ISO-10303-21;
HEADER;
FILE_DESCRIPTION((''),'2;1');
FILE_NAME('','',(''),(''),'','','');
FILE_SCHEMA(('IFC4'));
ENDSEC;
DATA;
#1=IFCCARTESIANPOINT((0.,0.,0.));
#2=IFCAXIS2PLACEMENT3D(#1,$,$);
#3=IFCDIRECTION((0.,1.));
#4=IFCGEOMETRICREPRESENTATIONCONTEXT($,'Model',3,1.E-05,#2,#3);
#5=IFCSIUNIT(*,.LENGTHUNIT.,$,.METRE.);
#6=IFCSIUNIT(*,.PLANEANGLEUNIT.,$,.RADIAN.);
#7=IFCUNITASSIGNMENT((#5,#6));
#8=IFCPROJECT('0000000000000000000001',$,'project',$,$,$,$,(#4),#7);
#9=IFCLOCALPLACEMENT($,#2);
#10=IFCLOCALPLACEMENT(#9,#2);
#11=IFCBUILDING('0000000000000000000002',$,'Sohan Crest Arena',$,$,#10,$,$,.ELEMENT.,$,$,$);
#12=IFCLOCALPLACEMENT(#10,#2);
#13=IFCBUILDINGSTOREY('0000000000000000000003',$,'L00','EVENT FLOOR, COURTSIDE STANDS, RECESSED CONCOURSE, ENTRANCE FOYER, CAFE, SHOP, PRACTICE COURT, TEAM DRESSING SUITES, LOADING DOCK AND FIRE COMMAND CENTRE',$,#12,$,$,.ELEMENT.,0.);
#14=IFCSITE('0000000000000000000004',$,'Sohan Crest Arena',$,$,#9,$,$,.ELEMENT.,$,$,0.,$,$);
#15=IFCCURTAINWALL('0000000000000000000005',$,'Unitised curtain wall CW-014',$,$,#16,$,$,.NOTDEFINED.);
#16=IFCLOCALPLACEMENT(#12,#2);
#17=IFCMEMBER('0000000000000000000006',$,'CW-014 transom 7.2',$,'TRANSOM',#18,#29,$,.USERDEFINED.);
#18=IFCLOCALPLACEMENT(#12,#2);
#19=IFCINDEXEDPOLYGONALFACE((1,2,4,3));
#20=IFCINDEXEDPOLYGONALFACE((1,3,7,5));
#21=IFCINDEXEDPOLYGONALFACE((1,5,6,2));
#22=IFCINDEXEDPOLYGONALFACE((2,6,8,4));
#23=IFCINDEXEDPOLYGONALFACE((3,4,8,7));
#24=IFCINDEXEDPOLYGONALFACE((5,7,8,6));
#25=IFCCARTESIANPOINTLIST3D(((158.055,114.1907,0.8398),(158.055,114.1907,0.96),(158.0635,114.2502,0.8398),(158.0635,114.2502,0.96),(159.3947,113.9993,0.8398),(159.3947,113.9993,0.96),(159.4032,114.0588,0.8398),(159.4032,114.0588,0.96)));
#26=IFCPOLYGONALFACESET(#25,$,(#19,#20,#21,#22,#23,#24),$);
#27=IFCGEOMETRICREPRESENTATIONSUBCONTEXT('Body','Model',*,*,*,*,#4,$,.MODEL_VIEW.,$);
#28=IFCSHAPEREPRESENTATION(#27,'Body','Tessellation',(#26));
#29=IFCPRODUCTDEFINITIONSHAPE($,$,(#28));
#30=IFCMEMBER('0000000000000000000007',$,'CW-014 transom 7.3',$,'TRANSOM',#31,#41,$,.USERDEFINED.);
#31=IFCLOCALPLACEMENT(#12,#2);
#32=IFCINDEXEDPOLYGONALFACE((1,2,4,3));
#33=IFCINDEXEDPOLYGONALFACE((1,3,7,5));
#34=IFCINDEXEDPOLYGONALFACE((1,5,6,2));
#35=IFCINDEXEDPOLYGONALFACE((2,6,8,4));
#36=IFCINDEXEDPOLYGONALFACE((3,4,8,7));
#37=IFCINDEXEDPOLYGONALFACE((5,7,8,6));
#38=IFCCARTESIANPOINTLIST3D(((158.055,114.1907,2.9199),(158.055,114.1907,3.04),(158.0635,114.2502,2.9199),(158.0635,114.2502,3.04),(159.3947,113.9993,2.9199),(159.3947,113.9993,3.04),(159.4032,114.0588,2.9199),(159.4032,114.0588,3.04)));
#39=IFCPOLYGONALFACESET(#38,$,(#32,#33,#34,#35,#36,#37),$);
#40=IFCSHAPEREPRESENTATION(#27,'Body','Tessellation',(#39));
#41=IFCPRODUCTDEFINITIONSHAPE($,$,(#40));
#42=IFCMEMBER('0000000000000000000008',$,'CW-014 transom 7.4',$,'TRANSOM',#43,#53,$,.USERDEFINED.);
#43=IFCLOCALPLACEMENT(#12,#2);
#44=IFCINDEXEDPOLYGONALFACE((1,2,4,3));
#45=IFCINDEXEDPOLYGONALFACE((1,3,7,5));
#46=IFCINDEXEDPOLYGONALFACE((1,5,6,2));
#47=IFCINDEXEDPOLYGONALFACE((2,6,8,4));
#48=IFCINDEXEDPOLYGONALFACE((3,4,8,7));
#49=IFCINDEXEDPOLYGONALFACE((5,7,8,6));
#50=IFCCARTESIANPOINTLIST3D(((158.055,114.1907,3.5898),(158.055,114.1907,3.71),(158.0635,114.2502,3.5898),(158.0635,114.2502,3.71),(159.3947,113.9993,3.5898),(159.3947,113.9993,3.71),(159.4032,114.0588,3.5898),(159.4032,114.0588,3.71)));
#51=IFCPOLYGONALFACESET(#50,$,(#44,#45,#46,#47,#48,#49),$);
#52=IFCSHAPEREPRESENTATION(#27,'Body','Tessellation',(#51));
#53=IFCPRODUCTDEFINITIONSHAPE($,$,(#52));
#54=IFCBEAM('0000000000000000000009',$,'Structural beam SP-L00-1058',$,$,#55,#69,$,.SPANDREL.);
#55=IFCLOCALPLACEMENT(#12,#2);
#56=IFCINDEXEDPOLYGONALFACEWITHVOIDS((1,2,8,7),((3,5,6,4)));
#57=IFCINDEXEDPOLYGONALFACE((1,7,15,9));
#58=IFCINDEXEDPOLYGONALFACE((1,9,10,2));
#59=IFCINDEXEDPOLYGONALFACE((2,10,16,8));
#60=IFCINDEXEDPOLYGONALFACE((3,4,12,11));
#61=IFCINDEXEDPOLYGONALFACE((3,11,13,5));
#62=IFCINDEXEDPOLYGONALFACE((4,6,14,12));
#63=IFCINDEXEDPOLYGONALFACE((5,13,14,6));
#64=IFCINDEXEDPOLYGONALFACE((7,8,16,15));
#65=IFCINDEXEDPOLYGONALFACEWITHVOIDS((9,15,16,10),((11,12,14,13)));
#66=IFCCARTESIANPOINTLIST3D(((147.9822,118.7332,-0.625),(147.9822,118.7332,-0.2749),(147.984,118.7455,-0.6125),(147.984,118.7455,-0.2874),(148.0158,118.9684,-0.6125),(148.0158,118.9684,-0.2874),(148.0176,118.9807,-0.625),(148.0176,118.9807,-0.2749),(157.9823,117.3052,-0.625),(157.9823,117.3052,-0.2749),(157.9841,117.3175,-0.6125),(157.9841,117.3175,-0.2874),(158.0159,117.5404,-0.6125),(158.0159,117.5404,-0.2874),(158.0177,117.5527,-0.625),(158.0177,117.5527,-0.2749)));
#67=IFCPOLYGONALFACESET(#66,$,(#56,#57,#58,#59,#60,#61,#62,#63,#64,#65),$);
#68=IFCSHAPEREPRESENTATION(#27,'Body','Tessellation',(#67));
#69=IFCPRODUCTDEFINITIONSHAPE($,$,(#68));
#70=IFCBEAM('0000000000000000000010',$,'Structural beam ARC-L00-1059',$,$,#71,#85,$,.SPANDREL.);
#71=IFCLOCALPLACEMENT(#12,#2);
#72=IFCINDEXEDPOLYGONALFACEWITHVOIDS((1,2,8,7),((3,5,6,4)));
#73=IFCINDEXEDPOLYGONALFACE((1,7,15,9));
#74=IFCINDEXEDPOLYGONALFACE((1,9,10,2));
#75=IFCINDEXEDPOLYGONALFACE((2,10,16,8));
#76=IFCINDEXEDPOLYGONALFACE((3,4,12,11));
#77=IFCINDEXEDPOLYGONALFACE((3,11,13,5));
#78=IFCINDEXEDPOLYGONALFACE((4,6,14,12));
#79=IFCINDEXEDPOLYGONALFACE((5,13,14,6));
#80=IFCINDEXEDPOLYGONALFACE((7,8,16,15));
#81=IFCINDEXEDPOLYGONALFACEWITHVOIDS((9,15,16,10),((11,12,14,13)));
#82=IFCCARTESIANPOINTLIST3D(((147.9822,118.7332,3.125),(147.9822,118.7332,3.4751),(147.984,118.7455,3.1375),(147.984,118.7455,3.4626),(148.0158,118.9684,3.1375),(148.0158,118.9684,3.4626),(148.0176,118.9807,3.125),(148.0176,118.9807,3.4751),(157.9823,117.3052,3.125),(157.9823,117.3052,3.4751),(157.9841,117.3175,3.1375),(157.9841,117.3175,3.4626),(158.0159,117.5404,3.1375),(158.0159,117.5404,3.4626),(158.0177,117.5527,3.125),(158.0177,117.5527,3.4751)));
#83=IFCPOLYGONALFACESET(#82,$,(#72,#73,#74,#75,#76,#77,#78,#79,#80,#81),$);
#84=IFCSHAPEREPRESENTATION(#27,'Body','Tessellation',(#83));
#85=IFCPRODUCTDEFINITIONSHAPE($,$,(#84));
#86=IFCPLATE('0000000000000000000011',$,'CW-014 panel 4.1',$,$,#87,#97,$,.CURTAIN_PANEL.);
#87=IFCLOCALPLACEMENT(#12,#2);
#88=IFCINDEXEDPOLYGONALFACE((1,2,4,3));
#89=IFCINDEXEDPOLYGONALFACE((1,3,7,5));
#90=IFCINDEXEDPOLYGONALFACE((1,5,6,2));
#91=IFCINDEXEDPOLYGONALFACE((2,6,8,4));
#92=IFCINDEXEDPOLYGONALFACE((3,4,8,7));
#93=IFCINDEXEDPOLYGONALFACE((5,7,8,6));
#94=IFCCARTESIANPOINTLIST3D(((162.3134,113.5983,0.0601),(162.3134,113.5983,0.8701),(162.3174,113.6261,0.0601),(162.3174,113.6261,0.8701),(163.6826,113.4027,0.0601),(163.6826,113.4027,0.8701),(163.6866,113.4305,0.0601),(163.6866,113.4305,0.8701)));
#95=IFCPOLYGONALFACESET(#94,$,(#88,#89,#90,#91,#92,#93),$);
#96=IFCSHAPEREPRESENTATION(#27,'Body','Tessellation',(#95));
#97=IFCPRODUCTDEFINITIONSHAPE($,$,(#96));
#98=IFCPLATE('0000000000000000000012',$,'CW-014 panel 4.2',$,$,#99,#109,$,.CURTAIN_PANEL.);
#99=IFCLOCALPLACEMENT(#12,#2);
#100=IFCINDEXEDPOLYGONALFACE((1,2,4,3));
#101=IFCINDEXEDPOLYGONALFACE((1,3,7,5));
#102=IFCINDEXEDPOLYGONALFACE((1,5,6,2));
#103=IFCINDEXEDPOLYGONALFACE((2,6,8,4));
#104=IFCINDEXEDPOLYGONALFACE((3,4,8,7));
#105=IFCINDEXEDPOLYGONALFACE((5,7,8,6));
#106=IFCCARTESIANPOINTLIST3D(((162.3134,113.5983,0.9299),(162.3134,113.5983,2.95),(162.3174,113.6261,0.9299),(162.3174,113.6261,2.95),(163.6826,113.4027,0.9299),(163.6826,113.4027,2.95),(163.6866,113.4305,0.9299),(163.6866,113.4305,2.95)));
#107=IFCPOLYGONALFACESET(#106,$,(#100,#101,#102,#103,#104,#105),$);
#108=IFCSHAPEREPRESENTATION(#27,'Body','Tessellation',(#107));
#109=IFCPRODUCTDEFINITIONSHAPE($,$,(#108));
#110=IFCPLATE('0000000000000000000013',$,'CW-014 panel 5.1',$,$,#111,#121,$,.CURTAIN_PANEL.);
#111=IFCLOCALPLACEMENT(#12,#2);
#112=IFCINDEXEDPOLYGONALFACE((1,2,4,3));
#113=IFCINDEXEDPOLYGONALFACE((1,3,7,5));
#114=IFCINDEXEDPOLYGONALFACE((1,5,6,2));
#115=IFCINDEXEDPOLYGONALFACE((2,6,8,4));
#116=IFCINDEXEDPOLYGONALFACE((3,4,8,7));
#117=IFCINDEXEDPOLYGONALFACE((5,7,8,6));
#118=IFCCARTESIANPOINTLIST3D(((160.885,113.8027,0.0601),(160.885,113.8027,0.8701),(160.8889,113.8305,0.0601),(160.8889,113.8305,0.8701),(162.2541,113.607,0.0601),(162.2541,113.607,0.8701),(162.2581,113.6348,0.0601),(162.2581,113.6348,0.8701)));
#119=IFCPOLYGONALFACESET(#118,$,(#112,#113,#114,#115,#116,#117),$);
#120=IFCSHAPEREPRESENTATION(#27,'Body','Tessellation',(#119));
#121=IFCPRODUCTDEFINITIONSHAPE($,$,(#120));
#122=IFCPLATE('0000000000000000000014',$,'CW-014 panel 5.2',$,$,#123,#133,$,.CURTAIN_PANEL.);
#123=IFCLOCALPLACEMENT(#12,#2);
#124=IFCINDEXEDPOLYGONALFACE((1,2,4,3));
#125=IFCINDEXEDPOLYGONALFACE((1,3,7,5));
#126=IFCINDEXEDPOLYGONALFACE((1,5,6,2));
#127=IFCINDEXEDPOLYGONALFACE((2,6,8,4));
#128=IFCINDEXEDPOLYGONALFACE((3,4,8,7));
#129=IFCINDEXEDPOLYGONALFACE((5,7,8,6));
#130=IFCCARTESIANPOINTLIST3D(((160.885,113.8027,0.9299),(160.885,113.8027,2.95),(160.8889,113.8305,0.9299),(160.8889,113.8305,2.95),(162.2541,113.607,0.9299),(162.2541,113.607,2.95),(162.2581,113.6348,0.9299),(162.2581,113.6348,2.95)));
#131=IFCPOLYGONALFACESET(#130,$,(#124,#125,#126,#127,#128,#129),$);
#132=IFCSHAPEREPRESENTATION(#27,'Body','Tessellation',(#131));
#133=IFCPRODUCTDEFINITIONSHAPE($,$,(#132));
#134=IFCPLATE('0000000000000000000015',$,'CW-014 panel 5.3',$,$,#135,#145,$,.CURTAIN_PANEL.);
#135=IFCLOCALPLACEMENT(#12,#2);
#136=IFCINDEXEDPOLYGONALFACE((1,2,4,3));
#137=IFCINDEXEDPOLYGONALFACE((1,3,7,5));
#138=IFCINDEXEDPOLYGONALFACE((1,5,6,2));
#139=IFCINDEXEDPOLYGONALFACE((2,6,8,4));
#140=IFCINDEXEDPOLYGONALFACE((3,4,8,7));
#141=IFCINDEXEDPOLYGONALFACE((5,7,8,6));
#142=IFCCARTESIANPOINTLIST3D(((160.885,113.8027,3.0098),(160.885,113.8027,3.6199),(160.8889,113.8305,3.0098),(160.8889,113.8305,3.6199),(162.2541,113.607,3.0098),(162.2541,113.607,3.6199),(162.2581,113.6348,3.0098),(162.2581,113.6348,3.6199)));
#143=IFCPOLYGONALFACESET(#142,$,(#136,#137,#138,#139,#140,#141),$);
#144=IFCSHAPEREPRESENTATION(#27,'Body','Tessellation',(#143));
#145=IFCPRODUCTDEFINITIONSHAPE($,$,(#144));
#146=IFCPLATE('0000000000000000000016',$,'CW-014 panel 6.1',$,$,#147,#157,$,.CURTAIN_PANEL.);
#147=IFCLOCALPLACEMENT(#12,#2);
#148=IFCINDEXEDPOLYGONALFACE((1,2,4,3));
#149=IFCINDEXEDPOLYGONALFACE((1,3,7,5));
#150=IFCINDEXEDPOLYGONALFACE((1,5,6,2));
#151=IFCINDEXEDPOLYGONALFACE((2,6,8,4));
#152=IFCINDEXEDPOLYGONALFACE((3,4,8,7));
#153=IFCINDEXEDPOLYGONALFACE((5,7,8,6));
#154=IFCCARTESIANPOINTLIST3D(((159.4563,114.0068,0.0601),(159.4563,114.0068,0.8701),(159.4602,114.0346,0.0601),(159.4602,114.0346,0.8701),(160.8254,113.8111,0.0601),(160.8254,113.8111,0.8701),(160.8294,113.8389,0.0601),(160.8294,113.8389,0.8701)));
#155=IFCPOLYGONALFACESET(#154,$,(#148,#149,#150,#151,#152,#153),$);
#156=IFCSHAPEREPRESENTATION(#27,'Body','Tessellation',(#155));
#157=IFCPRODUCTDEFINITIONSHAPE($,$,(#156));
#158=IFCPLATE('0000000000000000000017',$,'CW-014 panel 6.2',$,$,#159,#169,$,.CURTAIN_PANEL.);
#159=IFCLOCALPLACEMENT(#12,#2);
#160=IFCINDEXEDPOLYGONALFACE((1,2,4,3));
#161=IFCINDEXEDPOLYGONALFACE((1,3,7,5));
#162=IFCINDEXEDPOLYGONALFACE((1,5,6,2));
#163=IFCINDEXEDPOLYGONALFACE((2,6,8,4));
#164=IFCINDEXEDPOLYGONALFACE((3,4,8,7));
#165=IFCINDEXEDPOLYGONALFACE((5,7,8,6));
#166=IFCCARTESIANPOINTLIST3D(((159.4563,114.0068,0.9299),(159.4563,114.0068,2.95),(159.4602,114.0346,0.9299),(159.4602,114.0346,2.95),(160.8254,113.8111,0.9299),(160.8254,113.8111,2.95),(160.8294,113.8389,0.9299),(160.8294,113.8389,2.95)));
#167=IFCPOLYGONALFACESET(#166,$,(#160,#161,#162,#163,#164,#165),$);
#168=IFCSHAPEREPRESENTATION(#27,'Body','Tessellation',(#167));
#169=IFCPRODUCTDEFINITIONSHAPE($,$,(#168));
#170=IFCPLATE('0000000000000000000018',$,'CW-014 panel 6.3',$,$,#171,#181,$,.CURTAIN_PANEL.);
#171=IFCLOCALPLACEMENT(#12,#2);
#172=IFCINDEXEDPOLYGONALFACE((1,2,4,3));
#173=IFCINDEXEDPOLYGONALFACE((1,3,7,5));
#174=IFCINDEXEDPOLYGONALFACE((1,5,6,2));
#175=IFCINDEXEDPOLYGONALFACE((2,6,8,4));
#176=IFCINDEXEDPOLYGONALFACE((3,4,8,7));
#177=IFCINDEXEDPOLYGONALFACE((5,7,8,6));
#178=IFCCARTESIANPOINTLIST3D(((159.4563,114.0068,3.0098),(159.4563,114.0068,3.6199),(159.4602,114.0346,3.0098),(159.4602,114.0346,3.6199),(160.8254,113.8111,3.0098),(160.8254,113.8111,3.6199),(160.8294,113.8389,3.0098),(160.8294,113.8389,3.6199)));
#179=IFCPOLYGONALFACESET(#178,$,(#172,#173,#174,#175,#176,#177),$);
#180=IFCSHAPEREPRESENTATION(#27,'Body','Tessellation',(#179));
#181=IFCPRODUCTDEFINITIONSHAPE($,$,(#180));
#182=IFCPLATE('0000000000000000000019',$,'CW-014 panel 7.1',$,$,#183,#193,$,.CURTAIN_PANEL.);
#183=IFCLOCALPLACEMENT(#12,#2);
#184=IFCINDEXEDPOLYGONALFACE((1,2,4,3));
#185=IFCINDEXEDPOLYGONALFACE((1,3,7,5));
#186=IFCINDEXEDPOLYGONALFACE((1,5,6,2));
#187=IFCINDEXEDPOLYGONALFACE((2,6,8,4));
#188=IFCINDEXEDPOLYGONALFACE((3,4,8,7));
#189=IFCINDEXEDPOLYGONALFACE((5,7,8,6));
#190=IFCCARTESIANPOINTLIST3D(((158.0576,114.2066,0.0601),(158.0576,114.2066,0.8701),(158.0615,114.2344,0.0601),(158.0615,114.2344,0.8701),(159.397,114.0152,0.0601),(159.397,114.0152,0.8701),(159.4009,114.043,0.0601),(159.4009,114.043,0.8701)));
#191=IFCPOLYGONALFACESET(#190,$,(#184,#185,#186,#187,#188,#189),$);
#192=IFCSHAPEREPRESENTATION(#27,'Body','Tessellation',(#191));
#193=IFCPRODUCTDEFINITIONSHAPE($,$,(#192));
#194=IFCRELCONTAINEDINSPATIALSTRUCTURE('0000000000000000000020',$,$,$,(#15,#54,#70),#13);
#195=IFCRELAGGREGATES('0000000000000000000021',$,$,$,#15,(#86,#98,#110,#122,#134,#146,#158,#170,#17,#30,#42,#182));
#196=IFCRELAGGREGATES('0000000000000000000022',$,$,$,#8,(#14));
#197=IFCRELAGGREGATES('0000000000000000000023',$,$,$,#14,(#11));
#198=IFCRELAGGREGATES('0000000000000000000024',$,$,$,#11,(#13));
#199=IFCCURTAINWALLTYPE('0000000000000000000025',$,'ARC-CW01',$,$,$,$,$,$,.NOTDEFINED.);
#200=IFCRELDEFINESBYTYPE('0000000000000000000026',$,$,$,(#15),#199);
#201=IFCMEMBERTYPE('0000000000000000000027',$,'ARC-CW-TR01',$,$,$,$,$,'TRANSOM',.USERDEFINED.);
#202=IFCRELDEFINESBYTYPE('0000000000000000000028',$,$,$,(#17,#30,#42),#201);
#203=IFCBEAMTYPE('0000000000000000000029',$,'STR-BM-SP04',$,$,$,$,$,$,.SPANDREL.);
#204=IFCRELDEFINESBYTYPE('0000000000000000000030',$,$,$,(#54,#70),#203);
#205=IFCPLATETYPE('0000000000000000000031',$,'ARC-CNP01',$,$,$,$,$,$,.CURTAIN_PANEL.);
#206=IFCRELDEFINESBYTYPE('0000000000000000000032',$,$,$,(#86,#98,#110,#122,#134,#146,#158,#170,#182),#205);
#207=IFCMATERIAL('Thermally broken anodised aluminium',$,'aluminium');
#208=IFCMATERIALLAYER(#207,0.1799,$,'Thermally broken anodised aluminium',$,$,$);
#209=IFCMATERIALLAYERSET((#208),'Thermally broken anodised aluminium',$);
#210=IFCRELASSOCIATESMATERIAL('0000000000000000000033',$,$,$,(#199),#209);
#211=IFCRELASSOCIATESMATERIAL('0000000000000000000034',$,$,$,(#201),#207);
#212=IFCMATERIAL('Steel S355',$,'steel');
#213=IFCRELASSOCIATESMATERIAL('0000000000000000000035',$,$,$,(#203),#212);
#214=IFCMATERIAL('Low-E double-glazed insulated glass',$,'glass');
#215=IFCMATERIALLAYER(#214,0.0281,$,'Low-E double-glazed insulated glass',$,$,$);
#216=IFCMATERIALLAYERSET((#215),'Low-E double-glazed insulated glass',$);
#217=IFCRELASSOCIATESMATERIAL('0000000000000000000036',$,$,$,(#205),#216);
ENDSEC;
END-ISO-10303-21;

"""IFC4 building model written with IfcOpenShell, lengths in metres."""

from ifc_helpers import new_model, si_unit, direction, frame, origin, origin_2d, place, context, subcontext, project, spatial, rectangle, hollow_rectangle, extrude, material, layer, layer_set, material_profile, profile_set, type_object, element, aggregate, save


model = new_model("IFC4")

# Units and contexts
model_context = context("Model", 3, precision=1e-05, world=origin(), true_north=direction((0.0, 1.0)))
body_context = subcontext(model_context, "Body", "Model", "MODEL_VIEW")
ifc_project = project(units=[si_unit("LENGTHUNIT", "METRE"), si_unit("PLANEANGLEUNIT", "RADIAN")], contexts=[model_context])

# Site, building, storey
site_placement = place(None, origin())
site = spatial("IfcSite", under=ifc_project, at=site_placement, Name="Sohan Crest Arena", CompositionType="ELEMENT", RefElevation=0.0)
building_placement = place(site_placement, origin())
building = spatial("IfcBuilding", under=site, at=building_placement, Name="Sohan Crest Arena", CompositionType="ELEMENT")
storey_placement = place(building_placement, origin())
storey = spatial("IfcBuildingStorey", under=building, at=storey_placement, Name="L00", Description="EVENT FLOOR, COURTSIDE STANDS, RECESSED CONCOURSE, ENTRANCE FOYER, CAFE, SHOP, PRACTICE COURT, TEAM DRESSING SUITES, LOADING DOCK AND FIRE COMMAND CENTRE", CompositionType="ELEMENT", Elevation=0.0)

# Curtain wall, members
ifc_material_1 = material(Name="Thermally broken anodised aluminium", Category="aluminium")
ifc_layer_1 = layer(ifc_material_1, 0.1799, Name="Thermally broken anodised aluminium")
ifc_layer_set_1 = layer_set([ifc_layer_1], Name="Thermally broken anodised aluminium")
curtain_wall_type = type_object("IfcCurtainWallType", Name="ARC-CW01", PredefinedType="NOTDEFINED", material=ifc_layer_set_1)
curtain_wall_placement = place(storey_placement, origin())
curtain_wall = element("IfcCurtainWall", 1, at=curtain_wall_placement, inside=storey, type_object=curtain_wall_type, Name="Unitised curtain wall CW-014", PredefinedType="NOTDEFINED")
ifc_material_profile_1 = material_profile(ifc_material_1, rectangle(XDim=0.0601, YDim=0.1201, at=origin_2d()), Name="ALU-TRAN 60x120")
ifc_profile_set_1 = profile_set([ifc_material_profile_1], Name="Thermally broken anodised aluminium")
member_type_1 = type_object("IfcMemberType", Name="ARC-CW-TR01", ElementType="TRANSOM", PredefinedType="USERDEFINED", material=ifc_profile_set_1)
member_1_placement = place(storey_placement, frame((159.3989, 114.0291, 0.8999), z_axis=(-0.989946, 0.141447, 0.0), x_axis=(-0.141447, -0.989946, 0.0)))
member_1 = element("IfcMember", 2, at=member_1_placement, type_object=member_type_1, Name="CW-014 transom 7.2", ObjectType="TRANSOM", PredefinedType="USERDEFINED", context=body_context, shape_type="SweptSolid", body=[
    extrude(rectangle(XDim=0.0601, YDim=0.1201, at=origin_2d()), origin(), (0.0, 0.0, 1.0), 1.3533),
])
member_2_placement = place(storey_placement, frame((159.3989, 114.0291, 2.98), z_axis=(-0.989946, 0.141447, 0.0), x_axis=(-0.141447, -0.989946, 0.0)))
member_2 = element("IfcMember", 3, at=member_2_placement, type_object=member_type_1, Name="CW-014 transom 7.3", ObjectType="TRANSOM", PredefinedType="USERDEFINED", context=body_context, shape_type="SweptSolid", body=[
    extrude(rectangle(XDim=0.0601, YDim=0.1201, at=origin_2d()), origin(), (0.0, 0.0, 1.0), 1.3533),
])
member_3_placement = place(storey_placement, frame((159.3989, 114.0291, 3.6499), z_axis=(-0.989946, 0.141447, 0.0), x_axis=(-0.141447, -0.989946, 0.0)))
member_3 = element("IfcMember", 4, at=member_3_placement, type_object=member_type_1, Name="CW-014 transom 7.4", ObjectType="TRANSOM", PredefinedType="USERDEFINED", context=body_context, shape_type="SweptSolid", body=[
    extrude(rectangle(XDim=0.0601, YDim=0.1201, at=origin_2d()), origin(), (0.0, 0.0, 1.0), 1.3533),
])

# Beams
ifc_material_2 = material(Name="Steel S355", Category="steel")
ifc_material_profile_2 = material_profile(ifc_material_2, hollow_rectangle(XDim=0.25, YDim=0.3501, WallThickness=0.0125, at=origin_2d()), Name="RHS 350x250x12.5")
ifc_profile_set_2 = profile_set([ifc_material_profile_2], Name="Steel S355")
beam_type = type_object("IfcBeamType", Name="STR-BM-SP04", PredefinedType="SPANDREL", material=ifc_profile_set_2)
for number, where, z_axis, x_axis, name in (
    (5, (158.0, 117.429, -0.45), (-0.989958, 0.141364, 0.0), (-0.141364, -0.989958, 0.0), "Structural beam SP-L00-1058"),
    (6, (158.0, 117.429, 3.3), (-0.989958, 0.141364, 0.0), (-0.141364, -0.989958, 0.0), "Structural beam ARC-L00-1059"),
):
    element("IfcBeam", number, at=place(storey_placement, frame(where, z_axis=z_axis, x_axis=x_axis)), inside=storey, type_object=beam_type, Name=name, PredefinedType="SPANDREL", context=body_context, shape_type="SweptSolid", body=[
        extrude(hollow_rectangle(XDim=0.25, YDim=0.3501, WallThickness=0.0125, at=origin_2d()), origin(), (0.0, 0.0, 1.0), 10.1016),
    ])

# Plates
ifc_material_3 = material(Name="Low-E double-glazed insulated glass", Category="glass")
ifc_layer_2 = layer(ifc_material_3, 0.0281, Name="Low-E double-glazed insulated glass")
ifc_layer_set_2 = layer_set([ifc_layer_2], Name="Low-E double-glazed insulated glass")
plate_type = type_object("IfcPlateType", Name="ARC-CNP01", PredefinedType="CURTAIN_PANEL", material=ifc_layer_set_2)
plate_1_placement = place(storey_placement, frame((163.0, 113.5144, 0.0601), z_axis=(0.0, 0.0, 1.0), x_axis=(-0.989944, 0.141463, 0.0)))
plate_1 = element("IfcPlate", 7, at=plate_1_placement, type_object=plate_type, Name="CW-014 panel 4.1", PredefinedType="CURTAIN_PANEL", context=body_context, shape_type="SweptSolid", body=[
    extrude(rectangle(XDim=1.3831, YDim=0.0281, at=origin_2d()), origin(), (0.0, 0.0, 1.0), 0.8101),
])
plate_2_placement = place(storey_placement, frame((163.0, 113.5144, 0.9299), z_axis=(0.0, 0.0, 1.0), x_axis=(-0.989944, 0.141463, 0.0)))
plate_2 = element("IfcPlate", 8, at=plate_2_placement, type_object=plate_type, Name="CW-014 panel 4.2", PredefinedType="CURTAIN_PANEL", context=body_context, shape_type="SweptSolid", body=[
    extrude(rectangle(XDim=1.3831, YDim=0.0281, at=origin_2d()), origin(), (0.0, 0.0, 1.0), 2.02),
])
plate_3_placement = place(storey_placement, frame((161.5715, 113.7188, 0.0601), z_axis=(0.0, 0.0, 1.0), x_axis=(-0.989944, 0.141463, 0.0)))
plate_3 = element("IfcPlate", 9, at=plate_3_placement, type_object=plate_type, Name="CW-014 panel 5.1", PredefinedType="CURTAIN_PANEL", context=body_context, shape_type="SweptSolid", body=[
    extrude(rectangle(XDim=1.3831, YDim=0.0281, at=origin_2d()), origin(), (0.0, 0.0, 1.0), 0.8101),
])
plate_4_placement = place(storey_placement, frame((161.5715, 113.7188, 0.9299), z_axis=(0.0, 0.0, 1.0), x_axis=(-0.989944, 0.141463, 0.0)))
plate_4 = element("IfcPlate", 10, at=plate_4_placement, type_object=plate_type, Name="CW-014 panel 5.2", PredefinedType="CURTAIN_PANEL", context=body_context, shape_type="SweptSolid", body=[
    extrude(rectangle(XDim=1.3831, YDim=0.0281, at=origin_2d()), origin(), (0.0, 0.0, 1.0), 2.02),
])
plate_5_placement = place(storey_placement, frame((161.5715, 113.7188, 3.0098), z_axis=(0.0, 0.0, 1.0), x_axis=(-0.989944, 0.141463, 0.0)))
plate_5 = element("IfcPlate", 11, at=plate_5_placement, type_object=plate_type, Name="CW-014 panel 5.3", PredefinedType="CURTAIN_PANEL", context=body_context, shape_type="SweptSolid", body=[
    extrude(rectangle(XDim=1.3831, YDim=0.0281, at=origin_2d()), origin(), (0.0, 0.0, 1.0), 0.6101),
])
plate_6_placement = place(storey_placement, frame((160.1428, 113.9229, 0.0601), z_axis=(0.0, 0.0, 1.0), x_axis=(-0.989944, 0.141463, 0.0)))
plate_6 = element("IfcPlate", 12, at=plate_6_placement, type_object=plate_type, Name="CW-014 panel 6.1", PredefinedType="CURTAIN_PANEL", context=body_context, shape_type="SweptSolid", body=[
    extrude(rectangle(XDim=1.3831, YDim=0.0281, at=origin_2d()), origin(), (0.0, 0.0, 1.0), 0.8101),
])
plate_7_placement = place(storey_placement, frame((160.1428, 113.9229, 0.9299), z_axis=(0.0, 0.0, 1.0), x_axis=(-0.989944, 0.141463, 0.0)))
plate_7 = element("IfcPlate", 13, at=plate_7_placement, type_object=plate_type, Name="CW-014 panel 6.2", PredefinedType="CURTAIN_PANEL", context=body_context, shape_type="SweptSolid", body=[
    extrude(rectangle(XDim=1.3831, YDim=0.0281, at=origin_2d()), origin(), (0.0, 0.0, 1.0), 2.02),
])
plate_8_placement = place(storey_placement, frame((160.1428, 113.9229, 3.0098), z_axis=(0.0, 0.0, 1.0), x_axis=(-0.989944, 0.141463, 0.0)))
plate_8 = element("IfcPlate", 14, at=plate_8_placement, type_object=plate_type, Name="CW-014 panel 6.3", PredefinedType="CURTAIN_PANEL", context=body_context, shape_type="SweptSolid", body=[
    extrude(rectangle(XDim=1.3831, YDim=0.0281, at=origin_2d()), origin(), (0.0, 0.0, 1.0), 0.6101),
])
plate_9_placement = place(storey_placement, frame((158.7292, 114.1248, 0.0601), z_axis=(0.0, 0.0, 1.0), x_axis=(-0.989944, 0.141463, 0.0)))
plate_9 = element("IfcPlate", 15, at=plate_9_placement, type_object=plate_type, Name="CW-014 panel 7.1", PredefinedType="CURTAIN_PANEL", context=body_context, shape_type="SweptSolid", body=[
    extrude(rectangle(XDim=1.353, YDim=0.0281, at=origin_2d()), origin(), (0.0, 0.0, 1.0), 0.8101),
])
aggregate(curtain_wall, [plate_1, plate_2, plate_3, plate_4, plate_5, plate_6, plate_7, plate_8, member_1, member_2, member_3, plate_9])

save(model, "model.ifc")
